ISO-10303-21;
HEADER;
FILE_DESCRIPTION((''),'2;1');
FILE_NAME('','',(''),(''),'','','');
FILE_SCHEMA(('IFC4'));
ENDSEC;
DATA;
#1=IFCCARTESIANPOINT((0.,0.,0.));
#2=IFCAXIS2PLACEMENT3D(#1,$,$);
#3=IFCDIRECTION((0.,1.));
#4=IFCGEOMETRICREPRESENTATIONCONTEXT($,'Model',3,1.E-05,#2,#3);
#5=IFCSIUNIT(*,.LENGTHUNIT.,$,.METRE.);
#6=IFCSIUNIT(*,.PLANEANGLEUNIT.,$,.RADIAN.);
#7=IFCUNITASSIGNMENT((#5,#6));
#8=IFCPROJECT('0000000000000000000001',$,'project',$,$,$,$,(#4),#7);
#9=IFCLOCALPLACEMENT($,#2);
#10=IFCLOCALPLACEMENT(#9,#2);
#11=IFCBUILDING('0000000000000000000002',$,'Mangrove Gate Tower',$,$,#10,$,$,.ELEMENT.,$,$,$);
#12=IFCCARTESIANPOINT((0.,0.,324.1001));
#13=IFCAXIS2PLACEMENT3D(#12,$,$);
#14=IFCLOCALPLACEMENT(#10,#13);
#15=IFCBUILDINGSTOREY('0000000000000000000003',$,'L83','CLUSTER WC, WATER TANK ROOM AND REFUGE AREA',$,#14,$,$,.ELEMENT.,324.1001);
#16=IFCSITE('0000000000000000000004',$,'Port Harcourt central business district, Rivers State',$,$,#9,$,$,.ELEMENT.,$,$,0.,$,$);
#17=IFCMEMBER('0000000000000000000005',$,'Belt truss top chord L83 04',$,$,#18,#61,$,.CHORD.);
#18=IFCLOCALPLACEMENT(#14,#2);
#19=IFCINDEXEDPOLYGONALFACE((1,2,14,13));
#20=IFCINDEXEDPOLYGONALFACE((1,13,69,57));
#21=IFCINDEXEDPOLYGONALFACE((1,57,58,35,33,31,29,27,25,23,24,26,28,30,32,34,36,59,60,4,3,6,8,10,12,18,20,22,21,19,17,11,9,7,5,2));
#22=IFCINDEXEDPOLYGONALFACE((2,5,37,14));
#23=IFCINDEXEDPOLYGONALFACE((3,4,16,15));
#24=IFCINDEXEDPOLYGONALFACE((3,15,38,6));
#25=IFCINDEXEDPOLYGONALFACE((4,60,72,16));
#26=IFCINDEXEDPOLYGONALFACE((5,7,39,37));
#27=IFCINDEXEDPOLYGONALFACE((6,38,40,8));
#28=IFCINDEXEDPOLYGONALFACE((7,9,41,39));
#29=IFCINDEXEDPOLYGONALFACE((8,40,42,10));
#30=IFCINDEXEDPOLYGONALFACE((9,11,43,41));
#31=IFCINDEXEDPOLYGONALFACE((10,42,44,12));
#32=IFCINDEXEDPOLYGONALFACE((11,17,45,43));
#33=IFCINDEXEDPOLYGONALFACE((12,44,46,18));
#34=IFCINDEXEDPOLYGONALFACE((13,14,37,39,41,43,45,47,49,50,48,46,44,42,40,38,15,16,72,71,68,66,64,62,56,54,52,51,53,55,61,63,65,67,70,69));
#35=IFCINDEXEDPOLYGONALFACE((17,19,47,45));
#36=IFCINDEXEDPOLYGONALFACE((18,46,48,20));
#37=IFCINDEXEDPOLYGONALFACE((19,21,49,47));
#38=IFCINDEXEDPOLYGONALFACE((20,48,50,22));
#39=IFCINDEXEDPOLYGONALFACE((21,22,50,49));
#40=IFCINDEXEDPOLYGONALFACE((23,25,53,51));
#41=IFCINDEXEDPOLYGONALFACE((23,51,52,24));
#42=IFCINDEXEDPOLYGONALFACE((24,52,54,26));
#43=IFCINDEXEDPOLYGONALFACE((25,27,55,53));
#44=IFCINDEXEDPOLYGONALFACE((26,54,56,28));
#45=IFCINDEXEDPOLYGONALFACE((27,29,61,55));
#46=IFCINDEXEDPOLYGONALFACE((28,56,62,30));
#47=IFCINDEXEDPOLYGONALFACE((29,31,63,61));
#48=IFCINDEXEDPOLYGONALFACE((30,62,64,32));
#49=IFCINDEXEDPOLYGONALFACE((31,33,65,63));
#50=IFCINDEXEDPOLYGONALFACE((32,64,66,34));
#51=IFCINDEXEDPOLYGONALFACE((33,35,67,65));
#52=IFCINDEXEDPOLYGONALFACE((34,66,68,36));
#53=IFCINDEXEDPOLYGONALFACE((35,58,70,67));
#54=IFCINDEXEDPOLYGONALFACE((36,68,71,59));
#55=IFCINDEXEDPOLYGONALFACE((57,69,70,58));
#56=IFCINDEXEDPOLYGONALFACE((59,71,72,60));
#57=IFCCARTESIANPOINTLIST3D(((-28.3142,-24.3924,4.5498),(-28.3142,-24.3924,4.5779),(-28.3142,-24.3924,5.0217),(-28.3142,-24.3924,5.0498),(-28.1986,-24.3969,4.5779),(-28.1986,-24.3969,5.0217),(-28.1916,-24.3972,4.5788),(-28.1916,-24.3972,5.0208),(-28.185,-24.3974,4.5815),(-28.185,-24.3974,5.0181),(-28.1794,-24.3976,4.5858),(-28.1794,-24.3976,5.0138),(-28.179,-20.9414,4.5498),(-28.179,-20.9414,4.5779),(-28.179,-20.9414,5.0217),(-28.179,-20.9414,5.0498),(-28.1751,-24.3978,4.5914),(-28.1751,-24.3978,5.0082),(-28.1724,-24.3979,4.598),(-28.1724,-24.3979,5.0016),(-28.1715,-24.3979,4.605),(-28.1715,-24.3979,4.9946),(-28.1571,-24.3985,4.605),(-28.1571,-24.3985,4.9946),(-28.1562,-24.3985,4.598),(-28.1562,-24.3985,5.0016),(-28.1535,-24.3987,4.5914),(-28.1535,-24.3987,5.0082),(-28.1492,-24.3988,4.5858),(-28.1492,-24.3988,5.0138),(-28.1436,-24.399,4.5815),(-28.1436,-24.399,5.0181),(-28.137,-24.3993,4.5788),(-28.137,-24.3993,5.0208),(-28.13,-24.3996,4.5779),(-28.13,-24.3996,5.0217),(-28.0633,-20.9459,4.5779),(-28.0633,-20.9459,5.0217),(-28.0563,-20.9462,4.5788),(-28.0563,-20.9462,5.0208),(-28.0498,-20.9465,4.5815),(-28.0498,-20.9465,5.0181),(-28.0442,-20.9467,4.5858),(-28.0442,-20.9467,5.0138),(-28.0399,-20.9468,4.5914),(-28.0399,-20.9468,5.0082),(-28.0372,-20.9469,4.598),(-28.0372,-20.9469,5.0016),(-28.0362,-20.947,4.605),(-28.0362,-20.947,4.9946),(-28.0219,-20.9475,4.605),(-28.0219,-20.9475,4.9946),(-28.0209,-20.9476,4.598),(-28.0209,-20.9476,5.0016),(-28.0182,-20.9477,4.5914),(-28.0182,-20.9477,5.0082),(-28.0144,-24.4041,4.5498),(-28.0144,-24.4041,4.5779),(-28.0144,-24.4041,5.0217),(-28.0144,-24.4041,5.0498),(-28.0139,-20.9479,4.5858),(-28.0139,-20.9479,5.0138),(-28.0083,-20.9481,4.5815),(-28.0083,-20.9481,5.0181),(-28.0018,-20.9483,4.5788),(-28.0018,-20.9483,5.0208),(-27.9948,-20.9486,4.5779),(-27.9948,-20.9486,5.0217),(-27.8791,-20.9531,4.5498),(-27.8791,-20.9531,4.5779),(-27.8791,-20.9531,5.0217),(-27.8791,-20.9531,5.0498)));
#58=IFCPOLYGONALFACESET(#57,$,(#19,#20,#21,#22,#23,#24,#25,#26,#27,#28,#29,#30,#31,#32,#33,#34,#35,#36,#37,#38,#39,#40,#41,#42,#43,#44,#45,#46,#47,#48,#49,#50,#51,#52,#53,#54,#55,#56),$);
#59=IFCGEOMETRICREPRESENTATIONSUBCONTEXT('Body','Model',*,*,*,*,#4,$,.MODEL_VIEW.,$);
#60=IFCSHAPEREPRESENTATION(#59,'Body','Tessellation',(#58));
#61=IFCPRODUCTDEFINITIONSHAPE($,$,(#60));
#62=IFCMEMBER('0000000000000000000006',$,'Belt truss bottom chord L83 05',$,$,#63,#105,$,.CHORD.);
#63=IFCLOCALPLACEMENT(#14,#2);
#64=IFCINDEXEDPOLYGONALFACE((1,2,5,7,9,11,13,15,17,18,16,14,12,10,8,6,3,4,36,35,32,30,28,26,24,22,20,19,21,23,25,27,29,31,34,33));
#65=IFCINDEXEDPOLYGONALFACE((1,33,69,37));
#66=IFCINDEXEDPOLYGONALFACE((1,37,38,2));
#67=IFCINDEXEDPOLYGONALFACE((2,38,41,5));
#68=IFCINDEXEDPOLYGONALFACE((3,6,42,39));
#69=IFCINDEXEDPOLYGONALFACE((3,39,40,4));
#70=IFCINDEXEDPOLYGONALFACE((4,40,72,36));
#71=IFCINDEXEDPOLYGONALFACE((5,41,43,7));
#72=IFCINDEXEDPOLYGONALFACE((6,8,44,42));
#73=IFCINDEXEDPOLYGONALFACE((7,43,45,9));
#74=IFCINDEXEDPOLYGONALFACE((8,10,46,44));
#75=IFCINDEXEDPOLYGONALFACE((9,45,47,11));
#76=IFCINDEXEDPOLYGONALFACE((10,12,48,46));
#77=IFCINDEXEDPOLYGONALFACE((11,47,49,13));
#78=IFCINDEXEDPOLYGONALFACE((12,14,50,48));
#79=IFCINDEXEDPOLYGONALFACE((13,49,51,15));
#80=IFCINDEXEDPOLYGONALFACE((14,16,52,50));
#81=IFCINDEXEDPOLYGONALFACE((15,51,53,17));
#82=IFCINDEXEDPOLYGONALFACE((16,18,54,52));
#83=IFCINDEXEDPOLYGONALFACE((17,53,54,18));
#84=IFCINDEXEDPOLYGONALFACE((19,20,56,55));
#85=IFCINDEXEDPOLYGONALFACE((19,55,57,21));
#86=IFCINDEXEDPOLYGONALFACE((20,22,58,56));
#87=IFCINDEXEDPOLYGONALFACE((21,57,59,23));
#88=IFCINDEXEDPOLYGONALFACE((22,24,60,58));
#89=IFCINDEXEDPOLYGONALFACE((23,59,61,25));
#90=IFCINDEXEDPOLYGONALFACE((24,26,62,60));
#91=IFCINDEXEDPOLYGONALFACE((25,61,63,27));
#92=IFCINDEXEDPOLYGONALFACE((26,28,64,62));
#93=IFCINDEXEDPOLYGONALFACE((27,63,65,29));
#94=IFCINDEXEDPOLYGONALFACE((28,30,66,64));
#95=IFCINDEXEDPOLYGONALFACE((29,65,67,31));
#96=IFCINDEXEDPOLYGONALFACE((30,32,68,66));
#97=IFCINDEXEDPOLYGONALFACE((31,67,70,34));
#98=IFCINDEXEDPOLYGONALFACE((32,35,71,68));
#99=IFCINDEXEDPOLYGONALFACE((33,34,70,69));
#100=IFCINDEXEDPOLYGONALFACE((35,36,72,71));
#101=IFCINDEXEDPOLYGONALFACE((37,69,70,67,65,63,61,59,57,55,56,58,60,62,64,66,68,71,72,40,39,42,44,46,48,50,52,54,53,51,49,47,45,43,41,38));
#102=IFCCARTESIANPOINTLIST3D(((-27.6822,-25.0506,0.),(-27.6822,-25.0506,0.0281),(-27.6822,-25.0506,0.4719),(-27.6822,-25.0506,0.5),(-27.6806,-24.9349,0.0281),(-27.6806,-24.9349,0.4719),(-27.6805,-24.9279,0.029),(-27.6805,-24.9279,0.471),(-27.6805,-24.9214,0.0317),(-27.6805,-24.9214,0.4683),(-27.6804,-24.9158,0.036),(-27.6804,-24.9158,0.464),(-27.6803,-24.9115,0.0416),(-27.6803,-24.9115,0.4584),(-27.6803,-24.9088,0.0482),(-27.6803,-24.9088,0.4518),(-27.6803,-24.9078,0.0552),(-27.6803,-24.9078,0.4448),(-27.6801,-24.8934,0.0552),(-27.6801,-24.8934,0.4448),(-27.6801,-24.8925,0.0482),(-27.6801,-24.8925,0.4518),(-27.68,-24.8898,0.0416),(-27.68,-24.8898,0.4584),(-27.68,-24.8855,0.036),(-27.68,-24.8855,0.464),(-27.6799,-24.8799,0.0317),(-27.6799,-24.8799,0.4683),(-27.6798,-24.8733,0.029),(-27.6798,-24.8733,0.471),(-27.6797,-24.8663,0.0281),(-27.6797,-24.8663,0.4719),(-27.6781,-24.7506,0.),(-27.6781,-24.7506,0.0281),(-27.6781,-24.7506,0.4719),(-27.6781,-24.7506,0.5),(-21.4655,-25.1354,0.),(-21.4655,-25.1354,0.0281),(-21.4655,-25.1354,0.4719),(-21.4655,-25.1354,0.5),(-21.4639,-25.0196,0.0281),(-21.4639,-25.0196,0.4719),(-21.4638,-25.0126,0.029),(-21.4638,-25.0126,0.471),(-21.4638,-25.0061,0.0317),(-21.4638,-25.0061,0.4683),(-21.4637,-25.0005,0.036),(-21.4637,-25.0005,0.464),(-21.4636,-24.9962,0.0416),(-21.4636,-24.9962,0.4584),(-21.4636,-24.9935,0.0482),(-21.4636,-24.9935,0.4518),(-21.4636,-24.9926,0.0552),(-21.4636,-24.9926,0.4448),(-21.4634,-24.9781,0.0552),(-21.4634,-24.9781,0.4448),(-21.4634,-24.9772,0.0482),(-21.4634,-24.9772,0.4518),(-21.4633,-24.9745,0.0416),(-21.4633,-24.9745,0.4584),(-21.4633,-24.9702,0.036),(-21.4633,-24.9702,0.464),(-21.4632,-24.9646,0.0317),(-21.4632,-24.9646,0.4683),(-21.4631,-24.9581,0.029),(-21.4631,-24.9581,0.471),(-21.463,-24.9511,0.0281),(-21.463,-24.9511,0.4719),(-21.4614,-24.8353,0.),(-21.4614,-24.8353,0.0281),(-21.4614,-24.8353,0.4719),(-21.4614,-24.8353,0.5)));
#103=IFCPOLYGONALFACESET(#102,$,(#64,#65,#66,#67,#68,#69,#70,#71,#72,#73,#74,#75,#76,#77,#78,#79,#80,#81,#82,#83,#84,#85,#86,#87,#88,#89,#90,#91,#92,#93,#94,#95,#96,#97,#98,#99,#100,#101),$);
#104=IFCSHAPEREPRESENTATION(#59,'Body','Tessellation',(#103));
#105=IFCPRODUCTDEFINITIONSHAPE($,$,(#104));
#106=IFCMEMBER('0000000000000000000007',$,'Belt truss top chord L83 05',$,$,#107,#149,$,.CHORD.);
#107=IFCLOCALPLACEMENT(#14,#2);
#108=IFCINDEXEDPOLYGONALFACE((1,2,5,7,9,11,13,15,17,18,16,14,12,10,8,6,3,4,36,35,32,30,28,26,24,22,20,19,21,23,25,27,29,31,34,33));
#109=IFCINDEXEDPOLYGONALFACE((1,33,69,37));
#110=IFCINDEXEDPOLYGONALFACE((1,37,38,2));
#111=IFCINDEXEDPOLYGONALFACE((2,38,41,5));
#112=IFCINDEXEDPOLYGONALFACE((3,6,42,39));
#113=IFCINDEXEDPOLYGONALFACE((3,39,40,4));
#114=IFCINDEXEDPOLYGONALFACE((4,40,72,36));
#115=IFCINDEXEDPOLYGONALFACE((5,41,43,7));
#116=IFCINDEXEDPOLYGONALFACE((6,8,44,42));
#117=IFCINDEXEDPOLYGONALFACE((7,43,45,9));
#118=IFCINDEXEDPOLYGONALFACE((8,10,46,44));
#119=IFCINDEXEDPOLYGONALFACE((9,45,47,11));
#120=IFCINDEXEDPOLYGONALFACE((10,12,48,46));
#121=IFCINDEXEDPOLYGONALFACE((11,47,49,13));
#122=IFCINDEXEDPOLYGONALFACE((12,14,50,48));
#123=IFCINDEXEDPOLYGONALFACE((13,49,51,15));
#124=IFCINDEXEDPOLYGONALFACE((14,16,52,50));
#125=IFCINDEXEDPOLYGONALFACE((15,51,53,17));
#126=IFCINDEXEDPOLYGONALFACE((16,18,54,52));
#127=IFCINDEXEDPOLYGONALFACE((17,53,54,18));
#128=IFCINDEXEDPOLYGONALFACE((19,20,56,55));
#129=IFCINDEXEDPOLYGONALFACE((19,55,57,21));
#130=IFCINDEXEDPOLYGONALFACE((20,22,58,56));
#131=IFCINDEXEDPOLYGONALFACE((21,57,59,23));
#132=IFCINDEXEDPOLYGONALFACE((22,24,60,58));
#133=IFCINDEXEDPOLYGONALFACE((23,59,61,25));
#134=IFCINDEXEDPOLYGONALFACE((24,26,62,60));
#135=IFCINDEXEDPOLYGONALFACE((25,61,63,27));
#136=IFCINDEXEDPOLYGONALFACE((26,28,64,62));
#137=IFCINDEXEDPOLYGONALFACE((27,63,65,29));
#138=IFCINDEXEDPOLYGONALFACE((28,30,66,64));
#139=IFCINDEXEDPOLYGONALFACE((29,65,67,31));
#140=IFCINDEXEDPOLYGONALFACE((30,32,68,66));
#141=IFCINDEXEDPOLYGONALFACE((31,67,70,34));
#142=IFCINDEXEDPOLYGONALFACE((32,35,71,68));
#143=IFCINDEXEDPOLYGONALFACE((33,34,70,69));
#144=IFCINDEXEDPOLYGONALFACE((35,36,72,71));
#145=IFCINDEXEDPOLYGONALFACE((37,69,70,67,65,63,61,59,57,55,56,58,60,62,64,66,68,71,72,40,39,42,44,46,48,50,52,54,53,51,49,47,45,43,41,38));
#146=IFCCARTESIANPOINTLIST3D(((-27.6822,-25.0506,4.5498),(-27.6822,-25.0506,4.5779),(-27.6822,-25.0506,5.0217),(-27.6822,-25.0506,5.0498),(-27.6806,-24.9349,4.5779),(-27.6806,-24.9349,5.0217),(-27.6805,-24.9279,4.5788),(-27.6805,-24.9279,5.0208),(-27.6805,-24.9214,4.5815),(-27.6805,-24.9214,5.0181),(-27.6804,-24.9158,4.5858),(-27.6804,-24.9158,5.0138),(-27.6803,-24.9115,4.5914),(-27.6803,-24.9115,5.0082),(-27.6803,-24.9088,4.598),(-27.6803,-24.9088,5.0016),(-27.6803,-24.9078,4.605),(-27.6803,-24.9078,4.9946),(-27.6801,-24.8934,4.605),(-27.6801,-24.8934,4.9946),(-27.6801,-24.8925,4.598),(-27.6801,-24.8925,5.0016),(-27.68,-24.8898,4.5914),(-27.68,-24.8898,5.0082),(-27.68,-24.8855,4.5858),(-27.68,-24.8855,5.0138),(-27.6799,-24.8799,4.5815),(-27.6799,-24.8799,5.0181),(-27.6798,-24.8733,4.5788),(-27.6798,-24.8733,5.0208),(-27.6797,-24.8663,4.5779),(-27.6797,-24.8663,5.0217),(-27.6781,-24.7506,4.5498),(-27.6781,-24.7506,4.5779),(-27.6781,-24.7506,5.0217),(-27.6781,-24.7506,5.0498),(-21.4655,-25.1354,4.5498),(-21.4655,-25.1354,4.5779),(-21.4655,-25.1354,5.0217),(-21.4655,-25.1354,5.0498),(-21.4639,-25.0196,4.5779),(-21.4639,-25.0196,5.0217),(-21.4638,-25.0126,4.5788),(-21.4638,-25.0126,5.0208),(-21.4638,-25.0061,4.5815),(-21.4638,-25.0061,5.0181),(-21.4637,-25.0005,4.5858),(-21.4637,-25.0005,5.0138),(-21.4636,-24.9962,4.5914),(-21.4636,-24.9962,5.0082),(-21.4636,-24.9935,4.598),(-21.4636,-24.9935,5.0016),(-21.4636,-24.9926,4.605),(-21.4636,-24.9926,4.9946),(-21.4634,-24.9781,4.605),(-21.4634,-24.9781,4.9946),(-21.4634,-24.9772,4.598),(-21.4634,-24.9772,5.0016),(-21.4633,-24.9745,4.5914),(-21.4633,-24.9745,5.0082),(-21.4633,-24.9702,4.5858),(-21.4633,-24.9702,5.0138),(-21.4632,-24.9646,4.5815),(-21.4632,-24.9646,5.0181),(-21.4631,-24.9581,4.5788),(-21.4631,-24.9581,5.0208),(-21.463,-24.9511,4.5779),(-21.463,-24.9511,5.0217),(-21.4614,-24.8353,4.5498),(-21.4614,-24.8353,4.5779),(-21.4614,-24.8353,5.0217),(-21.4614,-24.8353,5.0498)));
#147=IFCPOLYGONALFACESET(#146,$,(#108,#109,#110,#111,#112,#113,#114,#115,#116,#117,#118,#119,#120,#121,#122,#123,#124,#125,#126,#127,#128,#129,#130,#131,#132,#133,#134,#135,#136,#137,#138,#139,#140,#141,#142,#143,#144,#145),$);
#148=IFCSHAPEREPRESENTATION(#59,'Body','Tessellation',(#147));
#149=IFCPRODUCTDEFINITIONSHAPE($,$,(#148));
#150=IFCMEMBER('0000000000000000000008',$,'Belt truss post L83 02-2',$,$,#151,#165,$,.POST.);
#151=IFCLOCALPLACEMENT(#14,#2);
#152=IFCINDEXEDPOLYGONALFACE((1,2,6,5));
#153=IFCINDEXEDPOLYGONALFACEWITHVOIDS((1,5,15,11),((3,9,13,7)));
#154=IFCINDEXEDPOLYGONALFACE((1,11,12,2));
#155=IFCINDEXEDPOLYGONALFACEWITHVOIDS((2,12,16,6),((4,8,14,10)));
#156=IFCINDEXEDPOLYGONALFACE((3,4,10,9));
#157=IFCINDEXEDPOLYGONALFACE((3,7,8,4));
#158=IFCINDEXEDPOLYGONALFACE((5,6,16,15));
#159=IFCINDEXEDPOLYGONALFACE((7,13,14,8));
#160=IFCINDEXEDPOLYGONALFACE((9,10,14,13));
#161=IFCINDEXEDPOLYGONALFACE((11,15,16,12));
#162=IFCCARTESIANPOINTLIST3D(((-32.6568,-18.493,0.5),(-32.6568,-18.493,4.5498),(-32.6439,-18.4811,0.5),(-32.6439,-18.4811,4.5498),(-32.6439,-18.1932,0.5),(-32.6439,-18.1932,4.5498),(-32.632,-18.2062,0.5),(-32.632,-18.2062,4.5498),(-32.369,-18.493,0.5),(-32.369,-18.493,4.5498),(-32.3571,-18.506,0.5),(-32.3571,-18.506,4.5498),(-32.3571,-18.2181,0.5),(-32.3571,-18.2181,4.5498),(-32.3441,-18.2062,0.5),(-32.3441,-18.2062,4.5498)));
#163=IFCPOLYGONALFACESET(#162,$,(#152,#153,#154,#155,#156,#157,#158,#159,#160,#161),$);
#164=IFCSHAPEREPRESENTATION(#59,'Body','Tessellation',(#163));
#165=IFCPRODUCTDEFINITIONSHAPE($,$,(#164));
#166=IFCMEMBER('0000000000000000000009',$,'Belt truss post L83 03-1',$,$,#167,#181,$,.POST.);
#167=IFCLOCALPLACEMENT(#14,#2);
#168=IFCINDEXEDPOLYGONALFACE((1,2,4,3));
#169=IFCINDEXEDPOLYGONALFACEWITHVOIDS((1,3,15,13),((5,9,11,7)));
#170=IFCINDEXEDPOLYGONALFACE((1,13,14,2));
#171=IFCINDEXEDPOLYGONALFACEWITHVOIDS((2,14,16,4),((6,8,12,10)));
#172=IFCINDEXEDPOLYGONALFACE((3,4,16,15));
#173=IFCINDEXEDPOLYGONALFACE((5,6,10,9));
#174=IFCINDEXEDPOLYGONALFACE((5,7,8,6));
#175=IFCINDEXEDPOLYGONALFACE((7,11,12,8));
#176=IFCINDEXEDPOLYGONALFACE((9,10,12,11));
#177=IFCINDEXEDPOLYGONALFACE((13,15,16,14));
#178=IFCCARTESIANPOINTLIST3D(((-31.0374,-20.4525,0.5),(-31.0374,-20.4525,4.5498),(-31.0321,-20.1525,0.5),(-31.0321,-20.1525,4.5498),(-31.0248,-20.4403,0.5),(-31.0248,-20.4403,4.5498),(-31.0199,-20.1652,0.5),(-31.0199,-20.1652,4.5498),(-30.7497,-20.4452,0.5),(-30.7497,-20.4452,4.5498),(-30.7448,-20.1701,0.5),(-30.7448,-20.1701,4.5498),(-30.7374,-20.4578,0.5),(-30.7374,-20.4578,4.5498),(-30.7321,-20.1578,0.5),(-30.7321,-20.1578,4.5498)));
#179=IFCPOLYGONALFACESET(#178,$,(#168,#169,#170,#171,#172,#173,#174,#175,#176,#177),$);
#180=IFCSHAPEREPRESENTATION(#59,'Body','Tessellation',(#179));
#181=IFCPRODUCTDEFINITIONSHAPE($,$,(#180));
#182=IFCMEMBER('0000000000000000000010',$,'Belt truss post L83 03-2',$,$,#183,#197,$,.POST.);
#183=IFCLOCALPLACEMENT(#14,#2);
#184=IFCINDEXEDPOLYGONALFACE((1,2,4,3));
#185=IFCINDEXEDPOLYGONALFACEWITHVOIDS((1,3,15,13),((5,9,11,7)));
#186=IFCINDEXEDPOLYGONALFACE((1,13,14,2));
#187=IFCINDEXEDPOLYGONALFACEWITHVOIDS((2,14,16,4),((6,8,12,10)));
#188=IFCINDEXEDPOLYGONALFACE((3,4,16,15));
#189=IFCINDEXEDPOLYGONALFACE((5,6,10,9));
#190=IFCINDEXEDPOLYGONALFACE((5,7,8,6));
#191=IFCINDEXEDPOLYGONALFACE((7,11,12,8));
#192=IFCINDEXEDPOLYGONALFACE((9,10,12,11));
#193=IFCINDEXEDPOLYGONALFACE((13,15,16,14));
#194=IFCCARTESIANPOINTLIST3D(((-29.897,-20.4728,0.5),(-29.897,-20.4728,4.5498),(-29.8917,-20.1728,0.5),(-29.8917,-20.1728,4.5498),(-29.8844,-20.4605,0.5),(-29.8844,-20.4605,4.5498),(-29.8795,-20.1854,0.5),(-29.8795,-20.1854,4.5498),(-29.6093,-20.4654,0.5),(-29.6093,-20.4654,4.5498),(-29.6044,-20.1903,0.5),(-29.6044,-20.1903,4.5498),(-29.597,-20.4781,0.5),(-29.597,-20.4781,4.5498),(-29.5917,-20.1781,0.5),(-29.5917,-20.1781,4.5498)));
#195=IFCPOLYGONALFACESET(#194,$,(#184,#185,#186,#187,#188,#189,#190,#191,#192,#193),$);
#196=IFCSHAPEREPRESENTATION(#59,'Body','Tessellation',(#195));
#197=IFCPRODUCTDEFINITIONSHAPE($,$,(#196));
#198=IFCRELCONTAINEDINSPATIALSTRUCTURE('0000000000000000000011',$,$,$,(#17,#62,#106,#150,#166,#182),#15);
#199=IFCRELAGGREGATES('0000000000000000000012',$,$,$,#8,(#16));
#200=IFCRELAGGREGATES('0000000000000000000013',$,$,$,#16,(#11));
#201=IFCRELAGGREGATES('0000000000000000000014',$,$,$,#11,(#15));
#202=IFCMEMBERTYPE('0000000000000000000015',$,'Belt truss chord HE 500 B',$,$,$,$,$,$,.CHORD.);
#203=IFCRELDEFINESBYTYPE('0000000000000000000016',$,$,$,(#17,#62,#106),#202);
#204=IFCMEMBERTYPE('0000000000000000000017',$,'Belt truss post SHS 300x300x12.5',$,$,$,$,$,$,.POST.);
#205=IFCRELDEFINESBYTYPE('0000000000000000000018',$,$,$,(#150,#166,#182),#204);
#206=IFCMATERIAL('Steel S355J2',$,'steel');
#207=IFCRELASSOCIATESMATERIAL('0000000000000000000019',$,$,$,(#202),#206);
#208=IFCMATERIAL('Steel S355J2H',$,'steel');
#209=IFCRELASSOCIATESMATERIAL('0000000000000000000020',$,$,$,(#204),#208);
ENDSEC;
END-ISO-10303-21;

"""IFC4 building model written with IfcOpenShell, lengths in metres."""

from ifc_helpers import new_model, si_unit, direction, frame, origin, origin_2d, place, context, subcontext, project, spatial, hollow_rectangle, i_section, extrude, material, material_profile, profile_set, type_object, element, save


model = new_model("IFC4")

# Units and contexts
model_context = context("Model", 3, precision=1e-05, world=origin(), true_north=direction((0.0, 1.0)))
body_context = subcontext(model_context, "Body", "Model", "MODEL_VIEW")
ifc_project = project(units=[si_unit("LENGTHUNIT", "METRE"), si_unit("PLANEANGLEUNIT", "RADIAN")], contexts=[model_context])

# Site, building, storey
site_placement = place(None, origin())
site = spatial("IfcSite", under=ifc_project, at=site_placement, Name="Port Harcourt central business district, Rivers State", CompositionType="ELEMENT", RefElevation=0.0)
building_placement = place(site_placement, origin())
building = spatial("IfcBuilding", under=site, at=building_placement, Name="Mangrove Gate Tower", CompositionType="ELEMENT")
storey_placement = place(building_placement, frame((0.0, 0.0, 324.1001)))
storey = spatial("IfcBuildingStorey", under=building, at=storey_placement, Name="L83", Description="CLUSTER WC, WATER TANK ROOM AND REFUGE AREA", CompositionType="ELEMENT", Elevation=324.1001)

# Members
ifc_material_1 = material(Name="Steel S355J2", Category="steel")
ifc_material_profile_1 = material_profile(ifc_material_1, i_section(OverallWidth=0.3, OverallDepth=0.5, WebThickness=0.0144, FlangeThickness=0.0281, FilletRadius=0.0271, at=origin_2d()))
ifc_profile_set_1 = profile_set([ifc_material_profile_1], Name="Steel S355J2")
member_type_1 = type_object("IfcMemberType", Name="Belt truss chord HE 500 B", PredefinedType="CHORD", material=ifc_profile_set_1)
for number, where, z_axis, x_axis, name in (
    (1, (-28.0291, -20.9473, 4.7998), (-0.039163, -0.999233, 0.0), (0.999233, -0.039163, 0.0), "Belt truss top chord L83 04"),
):
    element("IfcMember", number, at=place(storey_placement, frame(where, z_axis=z_axis, x_axis=x_axis)), inside=storey, type_object=member_type_1, Name=name, PredefinedType="CHORD", context=body_context, shape_type="SweptSolid", body=[
        extrude(i_section(OverallWidth=0.3, OverallDepth=0.5, WebThickness=0.0144, FlangeThickness=0.0281, FilletRadius=0.0271, at=origin_2d()), origin(), (0.0, 0.0, 1.0), 3.4536),
    ])
for number, where, z_axis, x_axis, name in (
    (2, (-27.6802, -24.9006, 0.25), (0.999907, -0.013626, 0.0), (0.013626, 0.999907, 0.0), "Belt truss bottom chord L83 05"),
    (3, (-27.6802, -24.9006, 4.7998), (0.999907, -0.013626, 0.0), (0.013626, 0.999907, 0.0), "Belt truss top chord L83 05"),
):
    element("IfcMember", number, at=place(storey_placement, frame(where, z_axis=z_axis, x_axis=x_axis)), inside=storey, type_object=member_type_1, Name=name, PredefinedType="CHORD", context=body_context, shape_type="SweptSolid", body=[
        extrude(i_section(OverallWidth=0.3, OverallDepth=0.5, WebThickness=0.0144, FlangeThickness=0.0281, FilletRadius=0.0271, at=origin_2d()), origin(), (0.0, 0.0, 1.0), 6.2173),
    ])
ifc_material_2 = material(Name="Steel S355J2H", Category="steel")
ifc_material_profile_2 = material_profile(ifc_material_2, hollow_rectangle(XDim=0.3, YDim=0.3, WallThickness=0.0125, at=origin_2d()))
ifc_profile_set_2 = profile_set([ifc_material_profile_2], Name="Steel S355J2H")
member_type_2 = type_object("IfcMemberType", Name="Belt truss post SHS 300x300x12.5", PredefinedType="POST", material=ifc_profile_set_2)
for number, where, z_axis, x_axis, name in (
    (4, (-32.5005, -18.3496, 0.5), (0.0, 0.0, 1.0), (-0.04316, -0.999068, 0.0), "Belt truss post L83 02-2"),
    (5, (-30.8848, -20.3052, 0.5), (0.0, 0.0, 1.0), (0.999842, -0.017757, 0.0), "Belt truss post L83 03-1"),
    (6, (-29.7444, -20.3254, 0.5), (0.0, 0.0, 1.0), (0.999842, -0.017757, 0.0), "Belt truss post L83 03-2"),
):
    element("IfcMember", number, at=place(storey_placement, frame(where, z_axis=z_axis, x_axis=x_axis)), inside=storey, type_object=member_type_2, Name=name, PredefinedType="POST", context=body_context, shape_type="SweptSolid", body=[
        extrude(hollow_rectangle(XDim=0.3, YDim=0.3, WallThickness=0.0125, at=origin_2d()), origin(), (0.0, 0.0, 1.0), 4.0498),
    ])

save(model, "model.ifc")
